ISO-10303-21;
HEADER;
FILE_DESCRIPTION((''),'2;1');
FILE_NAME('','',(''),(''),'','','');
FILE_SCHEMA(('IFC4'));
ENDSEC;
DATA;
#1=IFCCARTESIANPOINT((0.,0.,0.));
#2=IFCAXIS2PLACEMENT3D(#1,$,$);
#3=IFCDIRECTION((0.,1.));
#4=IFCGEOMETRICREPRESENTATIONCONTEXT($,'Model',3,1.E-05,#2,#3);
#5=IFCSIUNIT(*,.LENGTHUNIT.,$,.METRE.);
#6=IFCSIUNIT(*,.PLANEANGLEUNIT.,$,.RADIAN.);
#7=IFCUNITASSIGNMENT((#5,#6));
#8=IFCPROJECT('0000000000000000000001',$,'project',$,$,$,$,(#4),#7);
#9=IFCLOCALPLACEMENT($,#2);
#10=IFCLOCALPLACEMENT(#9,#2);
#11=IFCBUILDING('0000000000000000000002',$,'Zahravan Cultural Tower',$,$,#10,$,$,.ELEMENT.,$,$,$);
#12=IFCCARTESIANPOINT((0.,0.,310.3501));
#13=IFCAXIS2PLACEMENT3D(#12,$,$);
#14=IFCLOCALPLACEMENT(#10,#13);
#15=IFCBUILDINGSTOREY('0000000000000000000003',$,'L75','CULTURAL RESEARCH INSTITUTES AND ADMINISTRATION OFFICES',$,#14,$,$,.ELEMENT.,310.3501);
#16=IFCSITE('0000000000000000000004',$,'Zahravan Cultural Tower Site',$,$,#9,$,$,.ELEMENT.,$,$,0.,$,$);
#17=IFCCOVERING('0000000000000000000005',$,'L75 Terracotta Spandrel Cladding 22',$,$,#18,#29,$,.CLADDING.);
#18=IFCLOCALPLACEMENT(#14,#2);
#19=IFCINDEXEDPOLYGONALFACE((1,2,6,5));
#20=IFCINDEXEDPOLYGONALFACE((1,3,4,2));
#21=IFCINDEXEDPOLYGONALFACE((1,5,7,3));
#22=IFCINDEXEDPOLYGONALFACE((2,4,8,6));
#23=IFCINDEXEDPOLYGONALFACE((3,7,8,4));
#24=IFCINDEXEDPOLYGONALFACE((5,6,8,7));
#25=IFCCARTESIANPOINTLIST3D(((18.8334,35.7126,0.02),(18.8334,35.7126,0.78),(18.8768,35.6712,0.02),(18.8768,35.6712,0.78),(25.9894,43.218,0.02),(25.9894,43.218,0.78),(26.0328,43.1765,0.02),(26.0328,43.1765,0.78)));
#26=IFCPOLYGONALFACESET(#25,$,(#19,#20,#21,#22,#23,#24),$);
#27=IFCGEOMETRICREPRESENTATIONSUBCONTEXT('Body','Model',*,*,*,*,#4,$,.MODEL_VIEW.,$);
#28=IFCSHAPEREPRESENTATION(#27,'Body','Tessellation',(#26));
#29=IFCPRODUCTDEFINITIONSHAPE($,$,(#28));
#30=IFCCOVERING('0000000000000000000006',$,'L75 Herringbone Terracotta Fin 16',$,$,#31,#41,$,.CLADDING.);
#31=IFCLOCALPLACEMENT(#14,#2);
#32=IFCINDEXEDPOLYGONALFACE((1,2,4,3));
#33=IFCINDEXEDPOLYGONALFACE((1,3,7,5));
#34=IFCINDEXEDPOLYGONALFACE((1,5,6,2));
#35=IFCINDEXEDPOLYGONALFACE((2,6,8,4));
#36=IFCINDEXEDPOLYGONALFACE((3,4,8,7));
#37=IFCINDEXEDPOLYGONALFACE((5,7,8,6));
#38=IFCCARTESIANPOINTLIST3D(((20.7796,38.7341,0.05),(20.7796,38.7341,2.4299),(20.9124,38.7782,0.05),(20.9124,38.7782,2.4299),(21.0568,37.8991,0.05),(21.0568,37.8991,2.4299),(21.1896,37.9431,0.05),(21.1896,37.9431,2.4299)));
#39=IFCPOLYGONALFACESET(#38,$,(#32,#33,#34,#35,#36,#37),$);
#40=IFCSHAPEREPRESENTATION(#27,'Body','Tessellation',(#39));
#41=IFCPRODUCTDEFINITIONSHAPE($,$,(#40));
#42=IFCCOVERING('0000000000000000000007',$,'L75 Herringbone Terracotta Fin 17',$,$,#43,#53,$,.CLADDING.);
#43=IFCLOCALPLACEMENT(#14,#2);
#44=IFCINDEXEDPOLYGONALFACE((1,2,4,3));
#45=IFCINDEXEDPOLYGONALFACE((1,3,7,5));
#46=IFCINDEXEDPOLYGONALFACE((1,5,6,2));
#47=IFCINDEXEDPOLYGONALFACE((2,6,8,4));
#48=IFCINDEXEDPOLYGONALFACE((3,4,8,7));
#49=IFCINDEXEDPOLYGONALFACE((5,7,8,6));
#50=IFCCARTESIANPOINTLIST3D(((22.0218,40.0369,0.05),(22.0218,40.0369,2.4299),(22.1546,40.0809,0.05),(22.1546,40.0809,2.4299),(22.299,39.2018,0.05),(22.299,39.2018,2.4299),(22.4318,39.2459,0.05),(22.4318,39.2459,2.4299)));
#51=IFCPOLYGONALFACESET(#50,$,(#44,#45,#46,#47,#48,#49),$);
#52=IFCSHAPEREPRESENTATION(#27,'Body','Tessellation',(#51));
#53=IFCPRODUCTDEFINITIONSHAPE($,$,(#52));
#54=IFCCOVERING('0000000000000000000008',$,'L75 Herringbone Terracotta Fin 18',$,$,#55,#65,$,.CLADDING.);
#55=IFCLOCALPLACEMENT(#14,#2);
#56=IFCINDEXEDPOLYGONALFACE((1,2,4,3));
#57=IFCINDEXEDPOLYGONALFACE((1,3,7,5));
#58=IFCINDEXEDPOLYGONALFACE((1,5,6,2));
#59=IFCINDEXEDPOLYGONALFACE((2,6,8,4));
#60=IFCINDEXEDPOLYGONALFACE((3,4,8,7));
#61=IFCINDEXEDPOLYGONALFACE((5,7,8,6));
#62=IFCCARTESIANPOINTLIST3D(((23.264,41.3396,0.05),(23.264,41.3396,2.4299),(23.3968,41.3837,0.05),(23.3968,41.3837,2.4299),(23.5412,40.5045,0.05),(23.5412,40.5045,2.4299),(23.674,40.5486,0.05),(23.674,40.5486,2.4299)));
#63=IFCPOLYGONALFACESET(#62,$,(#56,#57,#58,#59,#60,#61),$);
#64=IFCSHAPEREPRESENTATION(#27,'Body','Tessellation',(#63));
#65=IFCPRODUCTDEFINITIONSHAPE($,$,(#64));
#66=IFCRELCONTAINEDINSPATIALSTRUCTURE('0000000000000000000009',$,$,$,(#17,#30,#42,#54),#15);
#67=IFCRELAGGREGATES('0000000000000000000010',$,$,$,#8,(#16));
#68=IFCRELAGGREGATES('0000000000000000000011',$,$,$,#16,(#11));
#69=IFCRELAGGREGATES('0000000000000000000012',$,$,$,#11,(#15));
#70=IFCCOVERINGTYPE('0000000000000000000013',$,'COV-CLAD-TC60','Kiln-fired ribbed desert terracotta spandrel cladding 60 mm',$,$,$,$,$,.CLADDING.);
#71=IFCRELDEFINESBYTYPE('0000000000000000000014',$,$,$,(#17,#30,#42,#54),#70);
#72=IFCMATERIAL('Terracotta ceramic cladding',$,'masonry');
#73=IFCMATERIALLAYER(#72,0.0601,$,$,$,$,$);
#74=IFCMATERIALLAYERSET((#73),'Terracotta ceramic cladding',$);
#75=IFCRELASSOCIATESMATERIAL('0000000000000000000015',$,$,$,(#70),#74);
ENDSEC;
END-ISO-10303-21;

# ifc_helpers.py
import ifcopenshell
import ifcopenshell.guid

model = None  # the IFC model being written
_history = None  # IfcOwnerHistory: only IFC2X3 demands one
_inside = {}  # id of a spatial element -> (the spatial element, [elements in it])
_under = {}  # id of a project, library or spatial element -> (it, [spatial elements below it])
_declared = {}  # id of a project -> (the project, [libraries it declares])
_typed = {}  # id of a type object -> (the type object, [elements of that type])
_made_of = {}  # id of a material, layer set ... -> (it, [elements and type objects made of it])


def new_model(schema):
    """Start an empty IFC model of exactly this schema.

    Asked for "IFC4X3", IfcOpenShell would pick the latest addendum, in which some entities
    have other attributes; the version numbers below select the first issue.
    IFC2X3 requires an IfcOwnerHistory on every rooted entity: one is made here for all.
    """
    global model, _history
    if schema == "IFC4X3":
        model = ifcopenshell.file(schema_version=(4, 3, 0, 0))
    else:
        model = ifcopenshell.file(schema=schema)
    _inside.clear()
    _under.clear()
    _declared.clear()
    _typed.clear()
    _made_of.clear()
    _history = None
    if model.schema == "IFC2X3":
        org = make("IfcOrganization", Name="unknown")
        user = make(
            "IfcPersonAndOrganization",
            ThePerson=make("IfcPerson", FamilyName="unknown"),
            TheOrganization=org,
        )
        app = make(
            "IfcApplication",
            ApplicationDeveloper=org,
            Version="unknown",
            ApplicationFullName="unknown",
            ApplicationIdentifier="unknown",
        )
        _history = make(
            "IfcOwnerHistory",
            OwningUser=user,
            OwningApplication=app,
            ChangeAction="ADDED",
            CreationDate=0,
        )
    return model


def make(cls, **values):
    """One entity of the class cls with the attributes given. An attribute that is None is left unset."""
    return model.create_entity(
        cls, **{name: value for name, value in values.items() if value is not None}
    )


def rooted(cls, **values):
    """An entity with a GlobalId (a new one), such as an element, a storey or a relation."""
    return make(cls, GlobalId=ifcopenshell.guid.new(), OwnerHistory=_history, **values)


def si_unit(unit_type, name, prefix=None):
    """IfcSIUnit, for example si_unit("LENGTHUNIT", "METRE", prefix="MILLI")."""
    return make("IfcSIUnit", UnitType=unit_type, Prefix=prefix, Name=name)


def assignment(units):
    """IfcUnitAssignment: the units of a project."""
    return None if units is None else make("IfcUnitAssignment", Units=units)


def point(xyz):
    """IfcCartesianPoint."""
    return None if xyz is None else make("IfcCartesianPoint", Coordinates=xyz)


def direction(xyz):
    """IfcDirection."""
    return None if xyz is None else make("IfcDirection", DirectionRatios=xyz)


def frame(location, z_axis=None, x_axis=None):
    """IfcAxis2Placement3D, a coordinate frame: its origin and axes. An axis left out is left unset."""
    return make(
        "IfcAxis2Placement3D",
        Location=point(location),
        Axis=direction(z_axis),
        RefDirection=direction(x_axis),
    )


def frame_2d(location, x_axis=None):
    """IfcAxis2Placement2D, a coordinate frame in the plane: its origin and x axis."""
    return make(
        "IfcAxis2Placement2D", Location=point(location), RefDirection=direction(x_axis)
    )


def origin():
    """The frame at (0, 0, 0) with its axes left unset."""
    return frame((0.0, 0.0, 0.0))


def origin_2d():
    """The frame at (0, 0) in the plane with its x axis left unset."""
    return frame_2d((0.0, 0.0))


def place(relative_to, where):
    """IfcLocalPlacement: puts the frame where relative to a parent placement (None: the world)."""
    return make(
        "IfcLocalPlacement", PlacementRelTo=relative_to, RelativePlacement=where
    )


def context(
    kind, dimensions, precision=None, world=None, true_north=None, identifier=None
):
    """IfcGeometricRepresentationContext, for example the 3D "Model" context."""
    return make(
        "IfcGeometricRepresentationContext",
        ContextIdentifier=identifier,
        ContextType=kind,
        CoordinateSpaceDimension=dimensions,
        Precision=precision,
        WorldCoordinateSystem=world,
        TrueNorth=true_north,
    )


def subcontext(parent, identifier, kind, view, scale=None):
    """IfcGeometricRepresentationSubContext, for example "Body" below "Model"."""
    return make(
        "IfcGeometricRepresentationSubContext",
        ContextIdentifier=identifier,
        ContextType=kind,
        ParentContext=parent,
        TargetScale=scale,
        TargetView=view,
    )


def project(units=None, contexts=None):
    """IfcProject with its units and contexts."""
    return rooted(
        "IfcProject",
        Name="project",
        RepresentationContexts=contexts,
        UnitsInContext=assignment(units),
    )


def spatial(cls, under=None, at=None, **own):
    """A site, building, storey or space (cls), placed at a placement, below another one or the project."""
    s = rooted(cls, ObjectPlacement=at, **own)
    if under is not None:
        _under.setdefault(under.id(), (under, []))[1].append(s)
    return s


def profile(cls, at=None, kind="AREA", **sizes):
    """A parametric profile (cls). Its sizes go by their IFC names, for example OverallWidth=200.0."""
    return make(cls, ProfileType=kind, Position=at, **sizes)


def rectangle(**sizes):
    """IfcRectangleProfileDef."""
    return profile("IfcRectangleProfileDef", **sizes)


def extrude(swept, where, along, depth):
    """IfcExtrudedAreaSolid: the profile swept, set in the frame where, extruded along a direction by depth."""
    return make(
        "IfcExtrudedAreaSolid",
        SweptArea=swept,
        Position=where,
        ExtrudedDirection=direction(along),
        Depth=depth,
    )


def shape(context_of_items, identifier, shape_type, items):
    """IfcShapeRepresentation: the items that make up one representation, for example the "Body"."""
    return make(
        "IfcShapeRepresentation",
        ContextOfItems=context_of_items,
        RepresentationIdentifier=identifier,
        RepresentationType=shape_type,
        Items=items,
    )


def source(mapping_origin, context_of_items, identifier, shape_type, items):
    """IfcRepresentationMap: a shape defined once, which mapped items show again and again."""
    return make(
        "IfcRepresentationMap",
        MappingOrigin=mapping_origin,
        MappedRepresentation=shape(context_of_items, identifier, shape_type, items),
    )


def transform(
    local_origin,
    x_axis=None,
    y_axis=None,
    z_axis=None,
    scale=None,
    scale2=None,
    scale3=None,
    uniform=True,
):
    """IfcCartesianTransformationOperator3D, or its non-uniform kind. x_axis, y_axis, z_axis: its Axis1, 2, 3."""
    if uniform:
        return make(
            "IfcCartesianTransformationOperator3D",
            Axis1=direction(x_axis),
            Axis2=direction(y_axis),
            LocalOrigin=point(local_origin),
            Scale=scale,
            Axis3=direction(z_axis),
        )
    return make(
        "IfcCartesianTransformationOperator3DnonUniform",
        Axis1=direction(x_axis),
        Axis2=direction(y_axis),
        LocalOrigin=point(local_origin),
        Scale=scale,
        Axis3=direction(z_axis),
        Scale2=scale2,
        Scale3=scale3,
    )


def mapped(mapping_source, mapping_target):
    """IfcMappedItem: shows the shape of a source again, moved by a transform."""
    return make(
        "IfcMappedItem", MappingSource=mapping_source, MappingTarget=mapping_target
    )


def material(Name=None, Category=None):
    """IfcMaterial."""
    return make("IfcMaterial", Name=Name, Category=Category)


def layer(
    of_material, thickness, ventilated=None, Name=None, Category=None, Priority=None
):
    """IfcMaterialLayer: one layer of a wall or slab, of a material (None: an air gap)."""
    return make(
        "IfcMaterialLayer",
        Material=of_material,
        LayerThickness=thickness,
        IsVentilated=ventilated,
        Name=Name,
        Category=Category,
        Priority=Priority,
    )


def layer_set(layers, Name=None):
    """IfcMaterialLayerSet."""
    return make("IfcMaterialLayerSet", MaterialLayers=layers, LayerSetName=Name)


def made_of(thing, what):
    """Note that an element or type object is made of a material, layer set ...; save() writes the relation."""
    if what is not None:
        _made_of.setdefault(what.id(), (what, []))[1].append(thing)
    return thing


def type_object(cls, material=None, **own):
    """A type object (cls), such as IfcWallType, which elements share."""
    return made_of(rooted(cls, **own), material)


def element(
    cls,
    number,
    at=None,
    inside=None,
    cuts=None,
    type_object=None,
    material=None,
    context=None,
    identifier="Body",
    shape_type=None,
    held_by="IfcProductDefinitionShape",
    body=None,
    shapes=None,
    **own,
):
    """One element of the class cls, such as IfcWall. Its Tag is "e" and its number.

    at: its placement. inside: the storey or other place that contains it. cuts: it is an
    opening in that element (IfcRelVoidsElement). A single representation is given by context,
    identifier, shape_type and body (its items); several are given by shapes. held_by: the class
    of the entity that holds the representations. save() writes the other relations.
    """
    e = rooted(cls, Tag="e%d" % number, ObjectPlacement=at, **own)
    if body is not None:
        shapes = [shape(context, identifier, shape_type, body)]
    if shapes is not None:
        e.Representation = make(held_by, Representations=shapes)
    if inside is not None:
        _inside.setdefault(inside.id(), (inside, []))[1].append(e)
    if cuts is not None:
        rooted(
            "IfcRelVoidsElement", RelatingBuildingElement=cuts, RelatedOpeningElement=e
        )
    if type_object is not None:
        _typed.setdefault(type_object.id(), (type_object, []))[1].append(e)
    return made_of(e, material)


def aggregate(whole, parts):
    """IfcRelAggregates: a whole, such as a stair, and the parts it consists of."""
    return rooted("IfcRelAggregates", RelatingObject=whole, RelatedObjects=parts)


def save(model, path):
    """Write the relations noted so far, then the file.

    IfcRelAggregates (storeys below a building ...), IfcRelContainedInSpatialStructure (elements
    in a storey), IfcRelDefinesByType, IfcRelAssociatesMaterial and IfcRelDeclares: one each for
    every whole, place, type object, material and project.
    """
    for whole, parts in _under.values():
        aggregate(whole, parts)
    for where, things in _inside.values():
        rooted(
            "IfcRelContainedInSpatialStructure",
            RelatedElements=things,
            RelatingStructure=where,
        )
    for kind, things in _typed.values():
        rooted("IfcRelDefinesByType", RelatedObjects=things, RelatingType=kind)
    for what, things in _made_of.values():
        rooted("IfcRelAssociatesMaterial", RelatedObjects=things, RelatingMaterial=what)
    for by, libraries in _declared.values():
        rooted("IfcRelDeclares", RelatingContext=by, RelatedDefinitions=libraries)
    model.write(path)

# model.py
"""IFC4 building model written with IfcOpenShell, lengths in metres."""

from ifc_helpers import new_model, si_unit, direction, frame, origin, origin_2d, place, context, subcontext, project, spatial, rectangle, extrude, source, transform, mapped, material, layer, layer_set, type_object, element, save


model = new_model("IFC4")

# Units and contexts
model_context = context("Model", 3, precision=1e-05, world=origin(), true_north=direction((0.0, 1.0)))
body_context = subcontext(model_context, "Body", "Model", "MODEL_VIEW")
ifc_project = project(units=[si_unit("LENGTHUNIT", "METRE"), si_unit("PLANEANGLEUNIT", "RADIAN")], contexts=[model_context])

# Site, building, storey
site_placement = place(None, origin())
site = spatial("IfcSite", under=ifc_project, at=site_placement, Name="Zahravan Cultural Tower Site", CompositionType="ELEMENT", RefElevation=0.0)
building_placement = place(site_placement, origin())
building = spatial("IfcBuilding", under=site, at=building_placement, Name="Zahravan Cultural Tower", CompositionType="ELEMENT")
storey_placement = place(building_placement, frame((0.0, 0.0, 310.3501)))
storey = spatial("IfcBuildingStorey", under=building, at=storey_placement, Name="L75", Description="CULTURAL RESEARCH INSTITUTES AND ADMINISTRATION OFFICES", CompositionType="ELEMENT", Elevation=310.3501)

# Coverings
ifc_material_1 = material(Name="Terracotta ceramic cladding", Category="masonry")
ifc_layer_1 = layer(ifc_material_1, 0.0601)
ifc_layer_set_1 = layer_set([ifc_layer_1], Name="Terracotta ceramic cladding")
covering_type = type_object("IfcCoveringType", Name="COV-CLAD-TC60", Description="Kiln-fired ribbed desert terracotta spandrel cladding 60 mm", PredefinedType="CLADDING", material=ifc_layer_set_1)
shared_shape_1 = source(origin(), body_context, "Body", "SweptSolid", [
    extrude(rectangle(XDim=10.3701, YDim=0.0601, at=origin_2d()), origin(), (0.0, 0.0, 1.0), 0.76),
])
covering_placement = place(storey_placement, frame((22.4331, 39.4446, 0.02), z_axis=(0.0, 0.0, 1.0), x_axis=(0.690062, 0.72375, 0.0)))
element("IfcCovering", 1, at=covering_placement, inside=storey, type_object=covering_type, Name="L75 Terracotta Spandrel Cladding 22", PredefinedType="CLADDING", context=body_context, shape_type="MappedRepresentation", body=[
    mapped(shared_shape_1, transform((0.0, 0.0, 0.0), x_axis=(1.0, 0.0, 0.0), y_axis=(0.0, 1.0, 0.0), z_axis=(0.0, 0.0, 1.0), scale=1.0)),
])
shared_shape_2 = source(origin(), body_context, "Body", "SweptSolid", [
    extrude(rectangle(XDim=0.8799, YDim=0.1399, at=origin_2d()), origin(), (0.0, 0.0, 1.0), 2.3799),
])
for number, where, z_axis, x_axis, name in (
    (2, (20.9846, 38.3386, 0.05), (0.0, 0.0, 1.0), (-0.315069, 0.949069, 0.0), "L75 Herringbone Terracotta Fin 16"),
    (3, (22.2268, 39.6414, 0.05), (0.0, 0.0, 1.0), (-0.315069, 0.949069, 0.0), "L75 Herringbone Terracotta Fin 17"),
    (4, (23.469, 40.9441, 0.05), (0.0, 0.0, 1.0), (-0.315069, 0.949069, 0.0), "L75 Herringbone Terracotta Fin 18"),
):
    element("IfcCovering", number, at=place(storey_placement, frame(where, z_axis=z_axis, x_axis=x_axis)), inside=storey, type_object=covering_type, Name=name, PredefinedType="CLADDING", context=body_context, shape_type="MappedRepresentation", body=[
        mapped(shared_shape_2, transform((0.0, 0.0, 0.0), x_axis=(1.0, 0.0, 0.0), y_axis=(0.0, 1.0, 0.0), z_axis=(0.0, 0.0, 1.0), scale=1.0)),
    ])

save(model, "model.ifc")
